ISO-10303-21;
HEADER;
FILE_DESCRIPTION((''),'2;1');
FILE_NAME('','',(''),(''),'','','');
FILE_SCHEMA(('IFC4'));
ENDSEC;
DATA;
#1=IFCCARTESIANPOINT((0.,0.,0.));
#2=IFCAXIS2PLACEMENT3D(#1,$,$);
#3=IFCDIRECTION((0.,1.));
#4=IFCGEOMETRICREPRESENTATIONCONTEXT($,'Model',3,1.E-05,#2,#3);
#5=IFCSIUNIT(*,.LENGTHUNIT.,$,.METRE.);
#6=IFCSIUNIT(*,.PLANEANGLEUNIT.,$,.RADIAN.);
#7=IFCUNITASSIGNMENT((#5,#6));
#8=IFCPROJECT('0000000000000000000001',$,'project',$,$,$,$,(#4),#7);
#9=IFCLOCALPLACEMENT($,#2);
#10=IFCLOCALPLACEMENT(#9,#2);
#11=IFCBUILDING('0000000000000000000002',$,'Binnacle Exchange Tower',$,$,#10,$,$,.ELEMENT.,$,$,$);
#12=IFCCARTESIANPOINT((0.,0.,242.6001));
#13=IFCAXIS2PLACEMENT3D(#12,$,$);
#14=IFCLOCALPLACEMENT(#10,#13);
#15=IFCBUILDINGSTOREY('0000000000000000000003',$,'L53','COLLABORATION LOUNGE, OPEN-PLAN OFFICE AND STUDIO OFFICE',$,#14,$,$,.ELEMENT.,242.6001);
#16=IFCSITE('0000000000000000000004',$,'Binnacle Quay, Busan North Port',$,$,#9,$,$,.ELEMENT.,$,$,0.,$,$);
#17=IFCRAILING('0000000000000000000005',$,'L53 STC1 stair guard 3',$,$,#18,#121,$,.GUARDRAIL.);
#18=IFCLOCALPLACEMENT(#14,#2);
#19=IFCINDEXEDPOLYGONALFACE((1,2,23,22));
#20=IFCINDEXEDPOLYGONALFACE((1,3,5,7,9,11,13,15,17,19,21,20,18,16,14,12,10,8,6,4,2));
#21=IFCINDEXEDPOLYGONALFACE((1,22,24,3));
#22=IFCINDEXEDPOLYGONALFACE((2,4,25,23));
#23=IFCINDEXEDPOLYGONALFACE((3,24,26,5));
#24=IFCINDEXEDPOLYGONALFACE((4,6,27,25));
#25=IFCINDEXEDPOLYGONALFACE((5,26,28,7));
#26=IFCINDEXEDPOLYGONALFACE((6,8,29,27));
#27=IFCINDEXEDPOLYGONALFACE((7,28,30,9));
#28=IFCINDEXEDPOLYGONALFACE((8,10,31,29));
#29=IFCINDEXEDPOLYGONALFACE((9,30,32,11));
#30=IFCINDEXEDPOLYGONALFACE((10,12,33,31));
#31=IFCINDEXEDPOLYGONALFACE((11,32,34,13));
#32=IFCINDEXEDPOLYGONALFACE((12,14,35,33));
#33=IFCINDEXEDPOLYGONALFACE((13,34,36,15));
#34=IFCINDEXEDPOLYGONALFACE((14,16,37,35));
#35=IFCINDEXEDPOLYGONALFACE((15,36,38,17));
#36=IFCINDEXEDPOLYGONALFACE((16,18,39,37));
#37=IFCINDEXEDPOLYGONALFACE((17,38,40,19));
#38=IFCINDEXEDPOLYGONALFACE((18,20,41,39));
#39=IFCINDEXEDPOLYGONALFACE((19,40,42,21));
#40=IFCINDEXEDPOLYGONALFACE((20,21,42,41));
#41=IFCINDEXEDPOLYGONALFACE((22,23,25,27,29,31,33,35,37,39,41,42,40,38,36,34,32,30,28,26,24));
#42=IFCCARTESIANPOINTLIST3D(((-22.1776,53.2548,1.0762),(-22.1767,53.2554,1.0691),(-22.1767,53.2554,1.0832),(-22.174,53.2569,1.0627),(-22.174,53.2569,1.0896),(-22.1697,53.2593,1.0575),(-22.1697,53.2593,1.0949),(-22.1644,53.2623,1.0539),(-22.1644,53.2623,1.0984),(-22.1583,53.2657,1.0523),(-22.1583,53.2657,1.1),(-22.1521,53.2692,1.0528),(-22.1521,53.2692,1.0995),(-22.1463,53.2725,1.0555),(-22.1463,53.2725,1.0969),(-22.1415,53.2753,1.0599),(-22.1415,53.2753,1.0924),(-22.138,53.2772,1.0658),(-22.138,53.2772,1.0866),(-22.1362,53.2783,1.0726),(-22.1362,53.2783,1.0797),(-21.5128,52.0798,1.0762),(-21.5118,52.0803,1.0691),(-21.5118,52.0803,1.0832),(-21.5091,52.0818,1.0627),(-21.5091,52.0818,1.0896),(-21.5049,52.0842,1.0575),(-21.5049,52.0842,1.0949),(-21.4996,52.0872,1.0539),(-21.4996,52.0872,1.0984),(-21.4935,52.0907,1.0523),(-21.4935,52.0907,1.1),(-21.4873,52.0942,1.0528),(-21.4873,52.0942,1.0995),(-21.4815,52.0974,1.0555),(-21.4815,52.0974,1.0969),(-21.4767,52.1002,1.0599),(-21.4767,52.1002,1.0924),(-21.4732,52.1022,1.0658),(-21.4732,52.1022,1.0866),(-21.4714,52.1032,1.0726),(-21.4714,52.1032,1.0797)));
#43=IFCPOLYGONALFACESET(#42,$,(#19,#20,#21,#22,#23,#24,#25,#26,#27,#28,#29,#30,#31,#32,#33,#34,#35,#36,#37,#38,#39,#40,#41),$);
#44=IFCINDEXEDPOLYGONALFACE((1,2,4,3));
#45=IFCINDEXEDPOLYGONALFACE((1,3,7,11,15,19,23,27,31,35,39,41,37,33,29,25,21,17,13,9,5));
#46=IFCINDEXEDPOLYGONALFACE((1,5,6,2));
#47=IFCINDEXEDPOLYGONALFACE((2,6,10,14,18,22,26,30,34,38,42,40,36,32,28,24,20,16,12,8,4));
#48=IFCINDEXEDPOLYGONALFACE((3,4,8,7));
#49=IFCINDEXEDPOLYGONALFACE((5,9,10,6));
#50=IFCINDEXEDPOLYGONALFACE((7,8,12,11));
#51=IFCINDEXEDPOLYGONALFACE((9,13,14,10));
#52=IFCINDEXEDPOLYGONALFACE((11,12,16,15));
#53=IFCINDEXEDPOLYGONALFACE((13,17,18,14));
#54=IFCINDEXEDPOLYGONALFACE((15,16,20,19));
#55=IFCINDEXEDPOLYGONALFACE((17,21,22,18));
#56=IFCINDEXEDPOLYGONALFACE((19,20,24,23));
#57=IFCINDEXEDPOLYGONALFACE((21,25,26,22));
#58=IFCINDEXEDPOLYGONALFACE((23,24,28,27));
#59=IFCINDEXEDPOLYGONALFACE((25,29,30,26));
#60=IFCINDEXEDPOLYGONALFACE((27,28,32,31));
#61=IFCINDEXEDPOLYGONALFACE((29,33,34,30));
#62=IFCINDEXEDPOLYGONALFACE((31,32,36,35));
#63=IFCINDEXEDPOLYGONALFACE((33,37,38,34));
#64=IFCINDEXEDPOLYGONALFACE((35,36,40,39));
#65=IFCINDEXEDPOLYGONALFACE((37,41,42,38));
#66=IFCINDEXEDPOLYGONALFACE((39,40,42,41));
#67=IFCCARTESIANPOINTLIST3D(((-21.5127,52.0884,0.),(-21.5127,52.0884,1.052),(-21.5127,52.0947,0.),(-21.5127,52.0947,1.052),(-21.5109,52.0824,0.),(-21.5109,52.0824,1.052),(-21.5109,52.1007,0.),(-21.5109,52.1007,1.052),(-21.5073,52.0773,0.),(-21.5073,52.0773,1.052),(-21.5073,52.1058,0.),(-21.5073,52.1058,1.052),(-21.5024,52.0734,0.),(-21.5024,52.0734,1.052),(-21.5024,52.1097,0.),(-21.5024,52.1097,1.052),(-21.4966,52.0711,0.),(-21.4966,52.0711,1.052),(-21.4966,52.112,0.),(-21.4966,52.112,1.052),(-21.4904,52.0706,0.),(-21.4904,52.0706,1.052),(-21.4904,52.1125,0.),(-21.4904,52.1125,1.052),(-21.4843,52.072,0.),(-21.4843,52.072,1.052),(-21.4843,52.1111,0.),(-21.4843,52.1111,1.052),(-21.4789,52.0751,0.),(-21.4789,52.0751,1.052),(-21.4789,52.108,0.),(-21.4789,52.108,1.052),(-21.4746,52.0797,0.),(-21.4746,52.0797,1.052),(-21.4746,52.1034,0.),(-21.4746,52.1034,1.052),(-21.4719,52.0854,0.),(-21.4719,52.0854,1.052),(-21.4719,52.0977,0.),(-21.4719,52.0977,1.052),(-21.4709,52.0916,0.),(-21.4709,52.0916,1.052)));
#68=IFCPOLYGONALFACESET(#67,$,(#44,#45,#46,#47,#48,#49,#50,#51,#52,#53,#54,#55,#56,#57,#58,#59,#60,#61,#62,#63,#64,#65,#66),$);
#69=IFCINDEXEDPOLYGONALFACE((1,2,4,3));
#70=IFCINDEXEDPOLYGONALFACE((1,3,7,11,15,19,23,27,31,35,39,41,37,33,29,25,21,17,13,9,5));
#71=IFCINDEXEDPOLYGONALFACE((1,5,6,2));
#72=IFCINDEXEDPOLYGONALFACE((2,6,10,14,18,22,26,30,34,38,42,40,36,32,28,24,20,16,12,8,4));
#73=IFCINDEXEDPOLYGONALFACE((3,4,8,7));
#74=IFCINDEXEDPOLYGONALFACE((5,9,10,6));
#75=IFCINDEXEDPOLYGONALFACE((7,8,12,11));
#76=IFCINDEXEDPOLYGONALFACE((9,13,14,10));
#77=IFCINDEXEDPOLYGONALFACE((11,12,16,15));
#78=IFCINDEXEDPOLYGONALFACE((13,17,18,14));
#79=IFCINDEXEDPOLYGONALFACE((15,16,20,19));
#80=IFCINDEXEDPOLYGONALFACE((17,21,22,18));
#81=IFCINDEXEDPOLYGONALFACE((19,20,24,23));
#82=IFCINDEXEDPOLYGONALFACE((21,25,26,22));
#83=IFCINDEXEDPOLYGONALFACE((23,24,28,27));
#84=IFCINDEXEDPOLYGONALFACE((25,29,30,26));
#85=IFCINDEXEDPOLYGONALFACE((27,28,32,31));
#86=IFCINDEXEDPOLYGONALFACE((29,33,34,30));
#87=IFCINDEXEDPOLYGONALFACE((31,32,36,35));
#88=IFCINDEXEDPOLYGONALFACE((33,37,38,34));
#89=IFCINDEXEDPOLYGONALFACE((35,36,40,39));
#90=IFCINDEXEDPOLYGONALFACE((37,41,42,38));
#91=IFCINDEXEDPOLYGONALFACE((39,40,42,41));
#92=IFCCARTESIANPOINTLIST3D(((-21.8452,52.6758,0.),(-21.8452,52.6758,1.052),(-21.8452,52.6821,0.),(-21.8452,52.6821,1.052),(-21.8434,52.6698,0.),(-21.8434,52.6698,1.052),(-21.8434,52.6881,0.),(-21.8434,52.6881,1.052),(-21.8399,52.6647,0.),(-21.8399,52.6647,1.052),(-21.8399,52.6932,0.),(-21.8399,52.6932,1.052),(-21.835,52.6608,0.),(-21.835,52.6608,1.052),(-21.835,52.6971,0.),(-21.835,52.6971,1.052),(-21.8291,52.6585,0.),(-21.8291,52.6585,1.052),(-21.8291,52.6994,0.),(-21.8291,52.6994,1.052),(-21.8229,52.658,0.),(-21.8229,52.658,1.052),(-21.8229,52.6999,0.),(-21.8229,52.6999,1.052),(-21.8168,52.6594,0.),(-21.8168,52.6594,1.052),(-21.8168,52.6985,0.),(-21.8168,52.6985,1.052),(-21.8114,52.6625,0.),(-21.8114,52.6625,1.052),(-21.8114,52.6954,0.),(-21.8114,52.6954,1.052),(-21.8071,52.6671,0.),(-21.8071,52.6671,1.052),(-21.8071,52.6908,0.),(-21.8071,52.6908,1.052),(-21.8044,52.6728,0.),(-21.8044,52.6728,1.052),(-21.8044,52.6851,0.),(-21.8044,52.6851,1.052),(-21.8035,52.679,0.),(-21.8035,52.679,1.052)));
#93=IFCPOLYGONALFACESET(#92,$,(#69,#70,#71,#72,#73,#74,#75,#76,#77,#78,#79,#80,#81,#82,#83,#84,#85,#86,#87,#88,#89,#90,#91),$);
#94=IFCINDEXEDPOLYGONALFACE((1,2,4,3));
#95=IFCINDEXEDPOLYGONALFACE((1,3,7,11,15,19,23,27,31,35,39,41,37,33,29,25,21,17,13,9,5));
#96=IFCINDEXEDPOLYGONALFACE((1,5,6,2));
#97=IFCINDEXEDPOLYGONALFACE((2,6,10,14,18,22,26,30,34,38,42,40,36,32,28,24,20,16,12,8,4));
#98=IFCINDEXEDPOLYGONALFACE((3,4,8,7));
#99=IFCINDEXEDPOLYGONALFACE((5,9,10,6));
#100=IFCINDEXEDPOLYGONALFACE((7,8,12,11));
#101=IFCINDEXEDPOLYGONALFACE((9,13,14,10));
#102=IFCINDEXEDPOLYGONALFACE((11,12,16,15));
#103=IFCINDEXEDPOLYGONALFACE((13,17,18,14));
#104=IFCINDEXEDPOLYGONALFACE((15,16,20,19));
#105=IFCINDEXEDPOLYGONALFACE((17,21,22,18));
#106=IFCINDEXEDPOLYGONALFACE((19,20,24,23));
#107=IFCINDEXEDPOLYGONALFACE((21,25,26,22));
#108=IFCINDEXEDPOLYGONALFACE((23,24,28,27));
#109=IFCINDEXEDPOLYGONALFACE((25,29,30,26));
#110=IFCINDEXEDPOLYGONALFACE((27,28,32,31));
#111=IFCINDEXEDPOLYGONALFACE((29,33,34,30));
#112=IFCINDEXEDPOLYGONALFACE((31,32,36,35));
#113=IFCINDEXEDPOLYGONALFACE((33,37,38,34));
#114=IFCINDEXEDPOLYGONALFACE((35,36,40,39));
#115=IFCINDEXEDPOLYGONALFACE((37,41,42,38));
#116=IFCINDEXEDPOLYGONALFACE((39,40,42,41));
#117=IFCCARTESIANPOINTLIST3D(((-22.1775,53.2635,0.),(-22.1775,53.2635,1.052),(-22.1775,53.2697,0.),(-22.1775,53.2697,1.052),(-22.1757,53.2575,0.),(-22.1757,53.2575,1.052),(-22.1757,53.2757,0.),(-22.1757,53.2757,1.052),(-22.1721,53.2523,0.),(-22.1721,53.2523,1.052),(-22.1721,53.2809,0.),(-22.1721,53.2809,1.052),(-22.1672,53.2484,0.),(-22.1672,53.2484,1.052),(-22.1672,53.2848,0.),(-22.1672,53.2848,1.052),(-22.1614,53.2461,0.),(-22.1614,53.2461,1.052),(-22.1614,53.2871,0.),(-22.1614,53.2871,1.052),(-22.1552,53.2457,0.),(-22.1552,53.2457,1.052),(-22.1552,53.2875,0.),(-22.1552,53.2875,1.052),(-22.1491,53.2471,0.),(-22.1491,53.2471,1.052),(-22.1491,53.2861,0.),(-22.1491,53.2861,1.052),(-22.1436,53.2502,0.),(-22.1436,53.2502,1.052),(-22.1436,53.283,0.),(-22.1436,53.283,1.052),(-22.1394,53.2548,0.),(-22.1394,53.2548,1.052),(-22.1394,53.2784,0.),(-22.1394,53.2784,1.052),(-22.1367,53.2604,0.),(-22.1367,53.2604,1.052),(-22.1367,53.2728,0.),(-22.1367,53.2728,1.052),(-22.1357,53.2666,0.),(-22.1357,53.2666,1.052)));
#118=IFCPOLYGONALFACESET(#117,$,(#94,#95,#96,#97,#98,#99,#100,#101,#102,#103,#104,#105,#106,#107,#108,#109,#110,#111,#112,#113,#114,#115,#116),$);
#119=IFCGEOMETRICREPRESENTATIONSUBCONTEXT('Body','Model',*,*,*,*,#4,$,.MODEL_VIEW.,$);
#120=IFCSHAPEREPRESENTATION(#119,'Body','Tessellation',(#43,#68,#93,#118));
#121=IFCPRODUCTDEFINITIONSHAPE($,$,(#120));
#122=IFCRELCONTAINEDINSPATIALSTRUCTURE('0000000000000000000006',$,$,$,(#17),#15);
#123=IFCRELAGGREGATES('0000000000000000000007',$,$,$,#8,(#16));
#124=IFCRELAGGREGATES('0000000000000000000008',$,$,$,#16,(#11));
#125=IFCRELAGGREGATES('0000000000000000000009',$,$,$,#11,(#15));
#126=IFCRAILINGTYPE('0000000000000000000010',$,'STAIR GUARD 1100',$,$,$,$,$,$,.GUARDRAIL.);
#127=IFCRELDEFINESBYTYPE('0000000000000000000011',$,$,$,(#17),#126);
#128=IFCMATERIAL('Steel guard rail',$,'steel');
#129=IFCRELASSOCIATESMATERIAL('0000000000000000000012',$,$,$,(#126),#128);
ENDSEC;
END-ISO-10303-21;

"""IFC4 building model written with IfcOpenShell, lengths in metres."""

from ifc_helpers import new_model, si_unit, direction, frame, origin, origin_2d, place, context, subcontext, project, spatial, circle, extrude, material, type_object, element, save


model = new_model("IFC4")

# Units and contexts
model_context = context("Model", 3, precision=1e-05, world=origin(), true_north=direction((0.0, 1.0)))
body_context = subcontext(model_context, "Body", "Model", "MODEL_VIEW")
ifc_project = project(units=[si_unit("LENGTHUNIT", "METRE"), si_unit("PLANEANGLEUNIT", "RADIAN")], contexts=[model_context])

# Site, building, storey
site_placement = place(None, origin())
site = spatial("IfcSite", under=ifc_project, at=site_placement, Name="Binnacle Quay, Busan North Port", CompositionType="ELEMENT", RefElevation=0.0)
building_placement = place(site_placement, origin())
building = spatial("IfcBuilding", under=site, at=building_placement, Name="Binnacle Exchange Tower", CompositionType="ELEMENT")
storey_placement = place(building_placement, frame((0.0, 0.0, 242.6001)))
storey = spatial("IfcBuildingStorey", under=building, at=storey_placement, Name="L53", Description="COLLABORATION LOUNGE, OPEN-PLAN OFFICE AND STUDIO OFFICE", CompositionType="ELEMENT", Elevation=242.6001)

# Railing
ifc_material_1 = material(Name="Steel guard rail", Category="steel")
railing_type_1 = type_object("IfcRailingType", Name="STAIR GUARD 1100", PredefinedType="GUARDRAIL", material=ifc_material_1)
railing_1_placement = place(storey_placement, frame((-21.4919, 52.0916, 0.0)))
element("IfcRailing", 1, at=railing_1_placement, inside=storey, type_object=railing_type_1, Name="L53 STC1 stair guard 3", PredefinedType="GUARDRAIL", context=body_context, shape_type="SweptSolid", body=[
    extrude(circle(Radius=0.0239, at=origin_2d()), frame((0.0, 0.0, 1.0762), z_axis=(-0.492415, 0.870361, 0.0), x_axis=(-0.870361, -0.492415, 0.0)), (0.0, 0.0, 1.0), 1.3501),
    extrude(circle(Radius=0.021, at=origin_2d()), origin(), (0.0, 0.0, 1.0), 1.052),
    extrude(circle(Radius=0.021, at=origin_2d()), frame((-0.3325, 0.5874, 0.0)), (0.0, 0.0, 1.0), 1.052),
    extrude(circle(Radius=0.021, at=origin_2d()), frame((-0.6648, 1.175, 0.0)), (0.0, 0.0, 1.0), 1.052),
])

save(model, "model.ifc")
